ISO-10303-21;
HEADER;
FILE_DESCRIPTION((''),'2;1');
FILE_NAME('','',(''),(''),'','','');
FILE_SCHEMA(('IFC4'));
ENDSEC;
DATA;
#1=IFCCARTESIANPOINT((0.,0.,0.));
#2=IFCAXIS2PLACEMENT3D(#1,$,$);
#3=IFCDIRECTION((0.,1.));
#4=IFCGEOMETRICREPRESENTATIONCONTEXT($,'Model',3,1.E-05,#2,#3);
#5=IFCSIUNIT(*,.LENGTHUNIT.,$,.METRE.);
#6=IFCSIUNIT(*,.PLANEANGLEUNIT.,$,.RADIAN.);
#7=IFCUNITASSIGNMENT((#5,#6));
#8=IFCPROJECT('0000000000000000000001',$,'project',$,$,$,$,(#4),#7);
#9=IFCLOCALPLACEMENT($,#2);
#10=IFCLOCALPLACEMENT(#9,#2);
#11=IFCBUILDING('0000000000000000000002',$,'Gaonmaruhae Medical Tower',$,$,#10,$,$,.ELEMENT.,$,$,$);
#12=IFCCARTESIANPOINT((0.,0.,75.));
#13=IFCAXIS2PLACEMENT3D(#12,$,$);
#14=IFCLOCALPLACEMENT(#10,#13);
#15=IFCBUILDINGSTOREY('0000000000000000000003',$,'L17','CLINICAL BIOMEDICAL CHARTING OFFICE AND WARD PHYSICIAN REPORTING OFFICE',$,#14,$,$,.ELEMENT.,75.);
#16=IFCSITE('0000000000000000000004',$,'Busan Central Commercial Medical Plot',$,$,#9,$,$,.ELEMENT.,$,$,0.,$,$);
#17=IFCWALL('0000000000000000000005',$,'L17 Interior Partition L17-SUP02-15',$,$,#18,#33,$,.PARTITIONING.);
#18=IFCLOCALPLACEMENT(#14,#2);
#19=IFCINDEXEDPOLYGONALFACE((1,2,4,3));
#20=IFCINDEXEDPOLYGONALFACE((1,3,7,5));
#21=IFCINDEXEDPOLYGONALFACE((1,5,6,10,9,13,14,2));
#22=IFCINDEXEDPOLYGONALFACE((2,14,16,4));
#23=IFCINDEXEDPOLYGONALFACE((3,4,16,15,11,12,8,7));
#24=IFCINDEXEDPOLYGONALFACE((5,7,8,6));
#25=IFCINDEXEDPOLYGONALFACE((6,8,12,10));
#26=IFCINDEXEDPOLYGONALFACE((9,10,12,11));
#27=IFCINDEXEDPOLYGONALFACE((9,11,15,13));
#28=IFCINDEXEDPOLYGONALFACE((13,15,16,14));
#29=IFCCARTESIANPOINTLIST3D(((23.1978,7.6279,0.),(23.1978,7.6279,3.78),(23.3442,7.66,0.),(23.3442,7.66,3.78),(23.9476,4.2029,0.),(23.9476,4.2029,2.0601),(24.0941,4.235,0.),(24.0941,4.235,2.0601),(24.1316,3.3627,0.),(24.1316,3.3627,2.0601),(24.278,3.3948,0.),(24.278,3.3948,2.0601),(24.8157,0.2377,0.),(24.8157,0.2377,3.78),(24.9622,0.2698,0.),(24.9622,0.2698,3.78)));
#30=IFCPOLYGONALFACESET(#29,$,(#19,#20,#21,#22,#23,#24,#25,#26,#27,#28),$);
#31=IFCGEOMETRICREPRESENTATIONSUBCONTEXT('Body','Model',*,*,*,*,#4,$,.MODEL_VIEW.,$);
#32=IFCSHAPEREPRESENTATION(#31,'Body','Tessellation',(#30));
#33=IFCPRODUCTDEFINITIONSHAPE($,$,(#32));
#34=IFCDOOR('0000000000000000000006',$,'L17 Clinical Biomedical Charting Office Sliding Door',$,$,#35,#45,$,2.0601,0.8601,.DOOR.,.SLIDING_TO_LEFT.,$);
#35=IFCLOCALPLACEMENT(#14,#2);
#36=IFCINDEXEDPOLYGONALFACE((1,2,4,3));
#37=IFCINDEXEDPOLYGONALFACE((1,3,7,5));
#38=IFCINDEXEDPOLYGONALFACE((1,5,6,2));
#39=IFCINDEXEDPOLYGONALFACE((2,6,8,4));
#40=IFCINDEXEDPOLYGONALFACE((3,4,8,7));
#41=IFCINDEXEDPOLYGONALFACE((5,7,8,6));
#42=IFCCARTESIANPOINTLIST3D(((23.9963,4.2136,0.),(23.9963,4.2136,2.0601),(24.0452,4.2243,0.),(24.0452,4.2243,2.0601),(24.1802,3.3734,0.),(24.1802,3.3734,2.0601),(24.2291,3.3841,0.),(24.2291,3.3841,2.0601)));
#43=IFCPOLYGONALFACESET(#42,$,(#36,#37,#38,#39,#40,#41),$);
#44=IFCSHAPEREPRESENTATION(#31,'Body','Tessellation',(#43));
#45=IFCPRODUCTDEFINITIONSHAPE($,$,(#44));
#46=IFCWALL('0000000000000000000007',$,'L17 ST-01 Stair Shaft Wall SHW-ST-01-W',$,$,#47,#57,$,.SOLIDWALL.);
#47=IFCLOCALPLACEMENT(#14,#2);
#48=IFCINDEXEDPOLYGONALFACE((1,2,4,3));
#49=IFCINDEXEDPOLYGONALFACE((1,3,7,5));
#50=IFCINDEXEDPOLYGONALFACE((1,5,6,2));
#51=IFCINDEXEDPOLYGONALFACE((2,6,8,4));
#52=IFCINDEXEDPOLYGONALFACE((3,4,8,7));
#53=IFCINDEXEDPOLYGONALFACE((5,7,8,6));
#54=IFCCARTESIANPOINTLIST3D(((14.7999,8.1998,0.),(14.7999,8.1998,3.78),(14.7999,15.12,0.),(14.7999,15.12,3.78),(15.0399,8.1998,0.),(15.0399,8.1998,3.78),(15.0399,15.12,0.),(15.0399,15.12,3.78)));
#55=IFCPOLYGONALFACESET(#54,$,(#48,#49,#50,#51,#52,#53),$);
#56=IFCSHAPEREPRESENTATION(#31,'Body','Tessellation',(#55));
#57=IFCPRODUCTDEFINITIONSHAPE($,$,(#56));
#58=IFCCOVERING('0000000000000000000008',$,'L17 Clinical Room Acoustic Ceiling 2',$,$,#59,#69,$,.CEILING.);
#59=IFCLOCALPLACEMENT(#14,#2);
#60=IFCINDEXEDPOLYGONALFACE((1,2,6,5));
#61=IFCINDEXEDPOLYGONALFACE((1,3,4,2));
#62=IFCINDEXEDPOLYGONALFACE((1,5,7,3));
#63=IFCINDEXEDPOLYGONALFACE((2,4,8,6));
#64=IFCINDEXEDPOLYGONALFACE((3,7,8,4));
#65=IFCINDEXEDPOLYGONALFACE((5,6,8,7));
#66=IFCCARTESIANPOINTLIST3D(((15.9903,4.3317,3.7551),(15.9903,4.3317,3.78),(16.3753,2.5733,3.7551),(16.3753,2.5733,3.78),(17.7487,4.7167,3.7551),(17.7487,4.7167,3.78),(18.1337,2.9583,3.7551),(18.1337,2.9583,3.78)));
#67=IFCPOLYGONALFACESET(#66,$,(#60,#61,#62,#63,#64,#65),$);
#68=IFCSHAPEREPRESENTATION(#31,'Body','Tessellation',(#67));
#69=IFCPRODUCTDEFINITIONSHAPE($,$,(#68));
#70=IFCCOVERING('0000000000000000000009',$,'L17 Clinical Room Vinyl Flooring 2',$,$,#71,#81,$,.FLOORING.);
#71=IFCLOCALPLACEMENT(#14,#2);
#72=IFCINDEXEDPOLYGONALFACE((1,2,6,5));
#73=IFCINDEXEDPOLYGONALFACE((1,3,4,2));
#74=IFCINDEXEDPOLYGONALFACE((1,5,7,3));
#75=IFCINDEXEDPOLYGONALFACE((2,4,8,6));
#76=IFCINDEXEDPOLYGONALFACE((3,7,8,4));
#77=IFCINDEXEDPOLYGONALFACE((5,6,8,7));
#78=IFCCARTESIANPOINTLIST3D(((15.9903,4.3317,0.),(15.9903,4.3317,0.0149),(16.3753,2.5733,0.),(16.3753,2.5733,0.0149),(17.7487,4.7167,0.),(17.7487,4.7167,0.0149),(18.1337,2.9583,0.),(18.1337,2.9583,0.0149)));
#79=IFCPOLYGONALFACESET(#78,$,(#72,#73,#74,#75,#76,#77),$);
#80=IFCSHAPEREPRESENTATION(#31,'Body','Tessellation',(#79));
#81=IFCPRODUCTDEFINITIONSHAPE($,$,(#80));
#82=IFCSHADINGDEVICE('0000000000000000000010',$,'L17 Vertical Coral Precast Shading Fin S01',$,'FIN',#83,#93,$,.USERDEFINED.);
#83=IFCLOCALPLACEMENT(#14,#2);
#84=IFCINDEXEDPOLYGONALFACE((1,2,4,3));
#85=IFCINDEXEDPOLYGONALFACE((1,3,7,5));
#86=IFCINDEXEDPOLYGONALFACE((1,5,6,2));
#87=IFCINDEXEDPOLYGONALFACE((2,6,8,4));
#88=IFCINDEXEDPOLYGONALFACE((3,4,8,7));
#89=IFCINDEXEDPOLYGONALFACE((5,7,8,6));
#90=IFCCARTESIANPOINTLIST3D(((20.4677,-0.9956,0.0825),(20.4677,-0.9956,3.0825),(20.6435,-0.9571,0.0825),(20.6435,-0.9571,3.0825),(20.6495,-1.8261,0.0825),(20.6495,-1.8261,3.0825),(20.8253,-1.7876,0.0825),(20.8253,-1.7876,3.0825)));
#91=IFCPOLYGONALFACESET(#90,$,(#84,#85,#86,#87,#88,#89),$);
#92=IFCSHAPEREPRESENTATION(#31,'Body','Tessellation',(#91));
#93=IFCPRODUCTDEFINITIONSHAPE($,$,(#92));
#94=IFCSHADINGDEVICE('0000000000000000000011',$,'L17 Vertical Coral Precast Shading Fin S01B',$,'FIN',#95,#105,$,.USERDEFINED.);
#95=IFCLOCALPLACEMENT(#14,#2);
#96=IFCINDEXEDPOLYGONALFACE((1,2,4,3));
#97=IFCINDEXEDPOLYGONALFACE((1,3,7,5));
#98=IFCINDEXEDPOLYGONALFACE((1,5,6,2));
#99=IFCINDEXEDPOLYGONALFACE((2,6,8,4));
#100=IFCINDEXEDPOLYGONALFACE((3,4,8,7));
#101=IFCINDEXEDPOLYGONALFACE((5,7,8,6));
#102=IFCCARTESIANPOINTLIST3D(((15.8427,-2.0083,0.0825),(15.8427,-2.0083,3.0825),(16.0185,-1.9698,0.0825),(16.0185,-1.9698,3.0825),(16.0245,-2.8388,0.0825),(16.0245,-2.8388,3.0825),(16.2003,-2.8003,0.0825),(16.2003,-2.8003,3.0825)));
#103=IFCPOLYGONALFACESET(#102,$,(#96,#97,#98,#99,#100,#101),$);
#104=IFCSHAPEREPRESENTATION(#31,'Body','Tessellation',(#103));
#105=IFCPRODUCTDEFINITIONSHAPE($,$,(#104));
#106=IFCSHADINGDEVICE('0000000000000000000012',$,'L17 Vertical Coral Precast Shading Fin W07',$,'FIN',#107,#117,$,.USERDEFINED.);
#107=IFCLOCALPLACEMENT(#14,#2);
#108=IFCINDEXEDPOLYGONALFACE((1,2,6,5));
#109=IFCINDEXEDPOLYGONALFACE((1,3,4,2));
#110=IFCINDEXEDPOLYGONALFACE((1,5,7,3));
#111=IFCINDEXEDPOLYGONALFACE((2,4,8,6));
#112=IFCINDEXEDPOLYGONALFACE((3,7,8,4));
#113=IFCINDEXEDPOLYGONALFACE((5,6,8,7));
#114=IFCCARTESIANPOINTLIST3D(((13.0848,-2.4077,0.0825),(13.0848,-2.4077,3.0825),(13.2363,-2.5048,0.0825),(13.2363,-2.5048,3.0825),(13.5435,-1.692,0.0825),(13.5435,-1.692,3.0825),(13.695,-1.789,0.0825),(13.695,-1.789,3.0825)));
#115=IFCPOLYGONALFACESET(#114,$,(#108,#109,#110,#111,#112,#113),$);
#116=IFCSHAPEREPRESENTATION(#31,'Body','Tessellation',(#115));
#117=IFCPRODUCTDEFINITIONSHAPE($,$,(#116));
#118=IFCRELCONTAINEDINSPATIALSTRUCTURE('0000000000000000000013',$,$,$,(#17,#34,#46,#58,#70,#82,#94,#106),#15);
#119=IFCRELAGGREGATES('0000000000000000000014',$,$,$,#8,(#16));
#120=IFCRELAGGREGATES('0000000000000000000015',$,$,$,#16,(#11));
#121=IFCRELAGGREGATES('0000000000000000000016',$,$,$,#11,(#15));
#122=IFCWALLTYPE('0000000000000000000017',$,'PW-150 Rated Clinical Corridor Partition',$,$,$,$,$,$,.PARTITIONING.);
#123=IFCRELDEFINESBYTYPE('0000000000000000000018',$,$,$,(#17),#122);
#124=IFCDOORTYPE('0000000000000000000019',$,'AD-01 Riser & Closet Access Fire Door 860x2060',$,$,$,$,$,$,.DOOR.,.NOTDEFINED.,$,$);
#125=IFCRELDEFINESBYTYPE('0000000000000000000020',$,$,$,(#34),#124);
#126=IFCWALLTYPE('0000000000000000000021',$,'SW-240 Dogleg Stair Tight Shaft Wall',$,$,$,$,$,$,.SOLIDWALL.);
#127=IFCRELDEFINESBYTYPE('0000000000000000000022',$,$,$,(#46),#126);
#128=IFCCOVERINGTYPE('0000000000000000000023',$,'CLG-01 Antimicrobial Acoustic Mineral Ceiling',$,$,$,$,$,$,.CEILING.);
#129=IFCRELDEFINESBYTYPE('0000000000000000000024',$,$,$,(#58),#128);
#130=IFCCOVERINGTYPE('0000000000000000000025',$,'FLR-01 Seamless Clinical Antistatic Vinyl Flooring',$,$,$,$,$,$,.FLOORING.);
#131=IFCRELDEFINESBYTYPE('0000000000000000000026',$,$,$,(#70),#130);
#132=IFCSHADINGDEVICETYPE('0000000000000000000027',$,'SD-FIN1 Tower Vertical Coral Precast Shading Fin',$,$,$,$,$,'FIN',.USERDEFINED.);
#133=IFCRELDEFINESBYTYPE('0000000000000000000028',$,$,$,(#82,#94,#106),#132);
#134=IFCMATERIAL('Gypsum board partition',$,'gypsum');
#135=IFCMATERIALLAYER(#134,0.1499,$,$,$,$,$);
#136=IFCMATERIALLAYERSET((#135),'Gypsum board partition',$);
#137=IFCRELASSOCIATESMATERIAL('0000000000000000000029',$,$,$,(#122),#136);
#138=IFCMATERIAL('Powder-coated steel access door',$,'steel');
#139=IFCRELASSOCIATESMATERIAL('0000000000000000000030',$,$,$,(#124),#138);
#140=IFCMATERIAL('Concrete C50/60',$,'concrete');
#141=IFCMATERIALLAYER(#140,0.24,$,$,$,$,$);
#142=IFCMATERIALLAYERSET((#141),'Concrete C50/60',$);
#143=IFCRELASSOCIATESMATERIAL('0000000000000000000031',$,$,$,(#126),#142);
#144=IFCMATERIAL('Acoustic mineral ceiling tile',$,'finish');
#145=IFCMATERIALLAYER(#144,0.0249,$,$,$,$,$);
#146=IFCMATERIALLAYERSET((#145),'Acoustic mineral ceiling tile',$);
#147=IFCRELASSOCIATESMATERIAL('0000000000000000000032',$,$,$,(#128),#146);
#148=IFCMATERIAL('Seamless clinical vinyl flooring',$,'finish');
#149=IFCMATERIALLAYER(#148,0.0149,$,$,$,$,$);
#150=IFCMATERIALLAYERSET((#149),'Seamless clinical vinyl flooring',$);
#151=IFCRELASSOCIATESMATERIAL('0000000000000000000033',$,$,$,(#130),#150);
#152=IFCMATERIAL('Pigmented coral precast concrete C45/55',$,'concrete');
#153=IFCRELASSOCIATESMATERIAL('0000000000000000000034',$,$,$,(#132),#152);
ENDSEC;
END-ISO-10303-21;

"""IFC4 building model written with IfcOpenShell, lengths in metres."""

from ifc_helpers import new_model, si_unit, direction, frame, frame_2d, origin, origin_2d, place, context, subcontext, project, spatial, rectangle, extrude, material, layer, layer_set, type_object, element, fill, save


model = new_model("IFC4")

# Units and contexts
model_context = context("Model", 3, precision=1e-05, world=origin(), true_north=direction((0.0, 1.0)))
body_context = subcontext(model_context, "Body", "Model", "MODEL_VIEW")
ifc_project = project(units=[si_unit("LENGTHUNIT", "METRE"), si_unit("PLANEANGLEUNIT", "RADIAN")], contexts=[model_context])

# Site, building, storey
site_placement = place(None, origin())
site = spatial("IfcSite", under=ifc_project, at=site_placement, Name="Busan Central Commercial Medical Plot", CompositionType="ELEMENT", RefElevation=0.0)
building_placement = place(site_placement, origin())
building = spatial("IfcBuilding", under=site, at=building_placement, Name="Gaonmaruhae Medical Tower", CompositionType="ELEMENT")
storey_placement = place(building_placement, frame((0.0, 0.0, 75.0)))
storey = spatial("IfcBuildingStorey", under=building, at=storey_placement, Name="L17", Description="CLINICAL BIOMEDICAL CHARTING OFFICE AND WARD PHYSICIAN REPORTING OFFICE", CompositionType="ELEMENT", Elevation=75.0)

# Shared definitions
ifc_material_1 = material(Name="Gypsum board partition", Category="gypsum")
ifc_layer_1 = layer(ifc_material_1, 0.1499)
ifc_layer_set_1 = layer_set([ifc_layer_1], Name="Gypsum board partition")
wall_type_1 = type_object("IfcWallType", Name="PW-150 Rated Clinical Corridor Partition", PredefinedType="PARTITIONING", material=ifc_layer_set_1)

# Wall, opening, door
wall_1_placement = place(storey_placement, frame((23.271, 7.644, 0.0), z_axis=(0.0, 0.0, 1.0), x_axis=(0.213864, -0.976863, 0.0)))
wall_1 = element("IfcWall", 1, at=wall_1_placement, inside=storey, type_object=wall_type_1, Name="L17 Interior Partition L17-SUP02-15", PredefinedType="PARTITIONING", context=body_context, shape_type="SweptSolid", body=[
    extrude(rectangle(XDim=7.5652, YDim=0.1499, at=frame_2d((3.7827, 0.0))), origin(), (0.0, 0.0, 1.0), 3.78),
])
opening_1_placement = place(wall_1_placement, frame((3.5061, 0.0, 0.0)))
opening_1 = element("IfcOpeningElement", 2, at=opening_1_placement, cuts=wall_1, PredefinedType="OPENING", context=body_context, shape_type="SweptSolid", body=[
    extrude(rectangle(XDim=0.8601, YDim=2.0601, at=frame_2d((0.4302, 1.03))), frame((0.0, 0.085, 0.0), z_axis=(0.0, -1.0, 0.0), x_axis=(1.0, 0.0, 0.0)), (0.0, 0.0, 1.0), 0.1699),
])
ifc_material_2 = material(Name="Powder-coated steel access door", Category="steel")
door_type = type_object("IfcDoorType", Name="AD-01 Riser & Closet Access Fire Door 860x2060", OperationType="NOTDEFINED", PredefinedType="DOOR", material=ifc_material_2)
door_placement = place(opening_1_placement, origin())
door = element("IfcDoor", 3, at=door_placement, inside=storey, type_object=door_type, Name="L17 Clinical Biomedical Charting Office Sliding Door", OperationType="SLIDING_TO_LEFT", OverallHeight=2.0601, OverallWidth=0.8601, PredefinedType="DOOR", context=body_context, shape_type="SweptSolid", body=[
    extrude(rectangle(XDim=0.8601, YDim=2.0601, at=frame_2d((0.4302, 1.03))), frame((0.0, 0.0249, 0.0), z_axis=(0.0, -1.0, 0.0), x_axis=(1.0, 0.0, 0.0)), (0.0, 0.0, 1.0), 0.05),
])
fill(opening_1, door)

# Wall
ifc_material_3 = material(Name="Concrete C50/60", Category="concrete")
ifc_layer_2 = layer(ifc_material_3, 0.24)
ifc_layer_set_2 = layer_set([ifc_layer_2], Name="Concrete C50/60")
wall_type_2 = type_object("IfcWallType", Name="SW-240 Dogleg Stair Tight Shaft Wall", PredefinedType="SOLIDWALL", material=ifc_layer_set_2)
wall_2_placement = place(storey_placement, frame((14.9199, 8.2, 0.0), z_axis=(0.0, 0.0, 1.0), x_axis=(0.0, 1.0, 0.0)))
element("IfcWall", 4, at=wall_2_placement, inside=storey, type_object=wall_type_2, Name="L17 ST-01 Stair Shaft Wall SHW-ST-01-W", PredefinedType="SOLIDWALL", context=body_context, shape_type="SweptSolid", body=[
    extrude(rectangle(XDim=6.9202, YDim=0.24, at=frame_2d((3.46, 0.0))), origin(), (0.0, 0.0, 1.0), 3.78),
])

# Coverings
ifc_material_4 = material(Name="Acoustic mineral ceiling tile", Category="finish")
ifc_layer_3 = layer(ifc_material_4, 0.0249)
ifc_layer_set_3 = layer_set([ifc_layer_3], Name="Acoustic mineral ceiling tile")
covering_type_1 = type_object("IfcCoveringType", Name="CLG-01 Antimicrobial Acoustic Mineral Ceiling", PredefinedType="CEILING", material=ifc_layer_set_3)
covering_1_placement = place(storey_placement, frame((17.062, 3.645, 3.7551), z_axis=(0.0, 0.0, 1.0), x_axis=(0.976859, 0.213883, 0.0)))
element("IfcCovering", 5, at=covering_1_placement, inside=storey, type_object=covering_type_1, Name="L17 Clinical Room Acoustic Ceiling 2", PredefinedType="CEILING", context=body_context, shape_type="SweptSolid", body=[
    extrude(rectangle(XDim=1.8, YDim=1.8, at=origin_2d()), origin(), (0.0, 0.0, 1.0), 0.0249),
])
ifc_material_5 = material(Name="Seamless clinical vinyl flooring", Category="finish")
ifc_layer_4 = layer(ifc_material_5, 0.0149)
ifc_layer_set_4 = layer_set([ifc_layer_4], Name="Seamless clinical vinyl flooring")
covering_type_2 = type_object("IfcCoveringType", Name="FLR-01 Seamless Clinical Antistatic Vinyl Flooring", PredefinedType="FLOORING", material=ifc_layer_set_4)
covering_2_placement = place(storey_placement, frame((17.062, 3.645, 0.0), z_axis=(0.0, 0.0, 1.0), x_axis=(0.976859, 0.213883, 0.0)))
element("IfcCovering", 6, at=covering_2_placement, inside=storey, type_object=covering_type_2, Name="L17 Clinical Room Vinyl Flooring 2", PredefinedType="FLOORING", context=body_context, shape_type="SweptSolid", body=[
    extrude(rectangle(XDim=1.8, YDim=1.8, at=origin_2d()), origin(), (0.0, 0.0, 1.0), 0.0149),
])

# Shading devices
ifc_material_6 = material(Name="Pigmented coral precast concrete C45/55", Category="concrete")
shading_device_type = type_object("IfcShadingDeviceType", Name="SD-FIN1 Tower Vertical Coral Precast Shading Fin", ElementType="FIN", PredefinedType="USERDEFINED", material=ifc_material_6)
for number, where, z_axis, x_axis, name in (
    (7, (20.6465, -1.3916, 0.0825), (0.0, 0.0, 1.0), (-0.976863, -0.213866, 0.0), "L17 Vertical Coral Precast Shading Fin S01"),
    (8, (16.0215, -2.4043, 0.0825), (0.0, 0.0, 1.0), (-0.976863, -0.213866, 0.0), "L17 Vertical Coral Precast Shading Fin S01B"),
    (9, (13.3899, -2.0984, 0.0825), (0.0, 0.0, 1.0), (-0.841982, 0.539506, 0.0), "L17 Vertical Coral Precast Shading Fin W07"),
):
    element("IfcShadingDevice", number, at=place(storey_placement, frame(where, z_axis=z_axis, x_axis=x_axis)), inside=storey, type_object=shading_device_type, Name=name, ObjectType="FIN", PredefinedType="USERDEFINED", context=body_context, shape_type="SweptSolid", body=[
        extrude(rectangle(XDim=0.1799, YDim=0.8501, at=origin_2d()), origin(), (0.0, 0.0, 1.0), 3.0),
    ])

save(model, "model.ifc")
